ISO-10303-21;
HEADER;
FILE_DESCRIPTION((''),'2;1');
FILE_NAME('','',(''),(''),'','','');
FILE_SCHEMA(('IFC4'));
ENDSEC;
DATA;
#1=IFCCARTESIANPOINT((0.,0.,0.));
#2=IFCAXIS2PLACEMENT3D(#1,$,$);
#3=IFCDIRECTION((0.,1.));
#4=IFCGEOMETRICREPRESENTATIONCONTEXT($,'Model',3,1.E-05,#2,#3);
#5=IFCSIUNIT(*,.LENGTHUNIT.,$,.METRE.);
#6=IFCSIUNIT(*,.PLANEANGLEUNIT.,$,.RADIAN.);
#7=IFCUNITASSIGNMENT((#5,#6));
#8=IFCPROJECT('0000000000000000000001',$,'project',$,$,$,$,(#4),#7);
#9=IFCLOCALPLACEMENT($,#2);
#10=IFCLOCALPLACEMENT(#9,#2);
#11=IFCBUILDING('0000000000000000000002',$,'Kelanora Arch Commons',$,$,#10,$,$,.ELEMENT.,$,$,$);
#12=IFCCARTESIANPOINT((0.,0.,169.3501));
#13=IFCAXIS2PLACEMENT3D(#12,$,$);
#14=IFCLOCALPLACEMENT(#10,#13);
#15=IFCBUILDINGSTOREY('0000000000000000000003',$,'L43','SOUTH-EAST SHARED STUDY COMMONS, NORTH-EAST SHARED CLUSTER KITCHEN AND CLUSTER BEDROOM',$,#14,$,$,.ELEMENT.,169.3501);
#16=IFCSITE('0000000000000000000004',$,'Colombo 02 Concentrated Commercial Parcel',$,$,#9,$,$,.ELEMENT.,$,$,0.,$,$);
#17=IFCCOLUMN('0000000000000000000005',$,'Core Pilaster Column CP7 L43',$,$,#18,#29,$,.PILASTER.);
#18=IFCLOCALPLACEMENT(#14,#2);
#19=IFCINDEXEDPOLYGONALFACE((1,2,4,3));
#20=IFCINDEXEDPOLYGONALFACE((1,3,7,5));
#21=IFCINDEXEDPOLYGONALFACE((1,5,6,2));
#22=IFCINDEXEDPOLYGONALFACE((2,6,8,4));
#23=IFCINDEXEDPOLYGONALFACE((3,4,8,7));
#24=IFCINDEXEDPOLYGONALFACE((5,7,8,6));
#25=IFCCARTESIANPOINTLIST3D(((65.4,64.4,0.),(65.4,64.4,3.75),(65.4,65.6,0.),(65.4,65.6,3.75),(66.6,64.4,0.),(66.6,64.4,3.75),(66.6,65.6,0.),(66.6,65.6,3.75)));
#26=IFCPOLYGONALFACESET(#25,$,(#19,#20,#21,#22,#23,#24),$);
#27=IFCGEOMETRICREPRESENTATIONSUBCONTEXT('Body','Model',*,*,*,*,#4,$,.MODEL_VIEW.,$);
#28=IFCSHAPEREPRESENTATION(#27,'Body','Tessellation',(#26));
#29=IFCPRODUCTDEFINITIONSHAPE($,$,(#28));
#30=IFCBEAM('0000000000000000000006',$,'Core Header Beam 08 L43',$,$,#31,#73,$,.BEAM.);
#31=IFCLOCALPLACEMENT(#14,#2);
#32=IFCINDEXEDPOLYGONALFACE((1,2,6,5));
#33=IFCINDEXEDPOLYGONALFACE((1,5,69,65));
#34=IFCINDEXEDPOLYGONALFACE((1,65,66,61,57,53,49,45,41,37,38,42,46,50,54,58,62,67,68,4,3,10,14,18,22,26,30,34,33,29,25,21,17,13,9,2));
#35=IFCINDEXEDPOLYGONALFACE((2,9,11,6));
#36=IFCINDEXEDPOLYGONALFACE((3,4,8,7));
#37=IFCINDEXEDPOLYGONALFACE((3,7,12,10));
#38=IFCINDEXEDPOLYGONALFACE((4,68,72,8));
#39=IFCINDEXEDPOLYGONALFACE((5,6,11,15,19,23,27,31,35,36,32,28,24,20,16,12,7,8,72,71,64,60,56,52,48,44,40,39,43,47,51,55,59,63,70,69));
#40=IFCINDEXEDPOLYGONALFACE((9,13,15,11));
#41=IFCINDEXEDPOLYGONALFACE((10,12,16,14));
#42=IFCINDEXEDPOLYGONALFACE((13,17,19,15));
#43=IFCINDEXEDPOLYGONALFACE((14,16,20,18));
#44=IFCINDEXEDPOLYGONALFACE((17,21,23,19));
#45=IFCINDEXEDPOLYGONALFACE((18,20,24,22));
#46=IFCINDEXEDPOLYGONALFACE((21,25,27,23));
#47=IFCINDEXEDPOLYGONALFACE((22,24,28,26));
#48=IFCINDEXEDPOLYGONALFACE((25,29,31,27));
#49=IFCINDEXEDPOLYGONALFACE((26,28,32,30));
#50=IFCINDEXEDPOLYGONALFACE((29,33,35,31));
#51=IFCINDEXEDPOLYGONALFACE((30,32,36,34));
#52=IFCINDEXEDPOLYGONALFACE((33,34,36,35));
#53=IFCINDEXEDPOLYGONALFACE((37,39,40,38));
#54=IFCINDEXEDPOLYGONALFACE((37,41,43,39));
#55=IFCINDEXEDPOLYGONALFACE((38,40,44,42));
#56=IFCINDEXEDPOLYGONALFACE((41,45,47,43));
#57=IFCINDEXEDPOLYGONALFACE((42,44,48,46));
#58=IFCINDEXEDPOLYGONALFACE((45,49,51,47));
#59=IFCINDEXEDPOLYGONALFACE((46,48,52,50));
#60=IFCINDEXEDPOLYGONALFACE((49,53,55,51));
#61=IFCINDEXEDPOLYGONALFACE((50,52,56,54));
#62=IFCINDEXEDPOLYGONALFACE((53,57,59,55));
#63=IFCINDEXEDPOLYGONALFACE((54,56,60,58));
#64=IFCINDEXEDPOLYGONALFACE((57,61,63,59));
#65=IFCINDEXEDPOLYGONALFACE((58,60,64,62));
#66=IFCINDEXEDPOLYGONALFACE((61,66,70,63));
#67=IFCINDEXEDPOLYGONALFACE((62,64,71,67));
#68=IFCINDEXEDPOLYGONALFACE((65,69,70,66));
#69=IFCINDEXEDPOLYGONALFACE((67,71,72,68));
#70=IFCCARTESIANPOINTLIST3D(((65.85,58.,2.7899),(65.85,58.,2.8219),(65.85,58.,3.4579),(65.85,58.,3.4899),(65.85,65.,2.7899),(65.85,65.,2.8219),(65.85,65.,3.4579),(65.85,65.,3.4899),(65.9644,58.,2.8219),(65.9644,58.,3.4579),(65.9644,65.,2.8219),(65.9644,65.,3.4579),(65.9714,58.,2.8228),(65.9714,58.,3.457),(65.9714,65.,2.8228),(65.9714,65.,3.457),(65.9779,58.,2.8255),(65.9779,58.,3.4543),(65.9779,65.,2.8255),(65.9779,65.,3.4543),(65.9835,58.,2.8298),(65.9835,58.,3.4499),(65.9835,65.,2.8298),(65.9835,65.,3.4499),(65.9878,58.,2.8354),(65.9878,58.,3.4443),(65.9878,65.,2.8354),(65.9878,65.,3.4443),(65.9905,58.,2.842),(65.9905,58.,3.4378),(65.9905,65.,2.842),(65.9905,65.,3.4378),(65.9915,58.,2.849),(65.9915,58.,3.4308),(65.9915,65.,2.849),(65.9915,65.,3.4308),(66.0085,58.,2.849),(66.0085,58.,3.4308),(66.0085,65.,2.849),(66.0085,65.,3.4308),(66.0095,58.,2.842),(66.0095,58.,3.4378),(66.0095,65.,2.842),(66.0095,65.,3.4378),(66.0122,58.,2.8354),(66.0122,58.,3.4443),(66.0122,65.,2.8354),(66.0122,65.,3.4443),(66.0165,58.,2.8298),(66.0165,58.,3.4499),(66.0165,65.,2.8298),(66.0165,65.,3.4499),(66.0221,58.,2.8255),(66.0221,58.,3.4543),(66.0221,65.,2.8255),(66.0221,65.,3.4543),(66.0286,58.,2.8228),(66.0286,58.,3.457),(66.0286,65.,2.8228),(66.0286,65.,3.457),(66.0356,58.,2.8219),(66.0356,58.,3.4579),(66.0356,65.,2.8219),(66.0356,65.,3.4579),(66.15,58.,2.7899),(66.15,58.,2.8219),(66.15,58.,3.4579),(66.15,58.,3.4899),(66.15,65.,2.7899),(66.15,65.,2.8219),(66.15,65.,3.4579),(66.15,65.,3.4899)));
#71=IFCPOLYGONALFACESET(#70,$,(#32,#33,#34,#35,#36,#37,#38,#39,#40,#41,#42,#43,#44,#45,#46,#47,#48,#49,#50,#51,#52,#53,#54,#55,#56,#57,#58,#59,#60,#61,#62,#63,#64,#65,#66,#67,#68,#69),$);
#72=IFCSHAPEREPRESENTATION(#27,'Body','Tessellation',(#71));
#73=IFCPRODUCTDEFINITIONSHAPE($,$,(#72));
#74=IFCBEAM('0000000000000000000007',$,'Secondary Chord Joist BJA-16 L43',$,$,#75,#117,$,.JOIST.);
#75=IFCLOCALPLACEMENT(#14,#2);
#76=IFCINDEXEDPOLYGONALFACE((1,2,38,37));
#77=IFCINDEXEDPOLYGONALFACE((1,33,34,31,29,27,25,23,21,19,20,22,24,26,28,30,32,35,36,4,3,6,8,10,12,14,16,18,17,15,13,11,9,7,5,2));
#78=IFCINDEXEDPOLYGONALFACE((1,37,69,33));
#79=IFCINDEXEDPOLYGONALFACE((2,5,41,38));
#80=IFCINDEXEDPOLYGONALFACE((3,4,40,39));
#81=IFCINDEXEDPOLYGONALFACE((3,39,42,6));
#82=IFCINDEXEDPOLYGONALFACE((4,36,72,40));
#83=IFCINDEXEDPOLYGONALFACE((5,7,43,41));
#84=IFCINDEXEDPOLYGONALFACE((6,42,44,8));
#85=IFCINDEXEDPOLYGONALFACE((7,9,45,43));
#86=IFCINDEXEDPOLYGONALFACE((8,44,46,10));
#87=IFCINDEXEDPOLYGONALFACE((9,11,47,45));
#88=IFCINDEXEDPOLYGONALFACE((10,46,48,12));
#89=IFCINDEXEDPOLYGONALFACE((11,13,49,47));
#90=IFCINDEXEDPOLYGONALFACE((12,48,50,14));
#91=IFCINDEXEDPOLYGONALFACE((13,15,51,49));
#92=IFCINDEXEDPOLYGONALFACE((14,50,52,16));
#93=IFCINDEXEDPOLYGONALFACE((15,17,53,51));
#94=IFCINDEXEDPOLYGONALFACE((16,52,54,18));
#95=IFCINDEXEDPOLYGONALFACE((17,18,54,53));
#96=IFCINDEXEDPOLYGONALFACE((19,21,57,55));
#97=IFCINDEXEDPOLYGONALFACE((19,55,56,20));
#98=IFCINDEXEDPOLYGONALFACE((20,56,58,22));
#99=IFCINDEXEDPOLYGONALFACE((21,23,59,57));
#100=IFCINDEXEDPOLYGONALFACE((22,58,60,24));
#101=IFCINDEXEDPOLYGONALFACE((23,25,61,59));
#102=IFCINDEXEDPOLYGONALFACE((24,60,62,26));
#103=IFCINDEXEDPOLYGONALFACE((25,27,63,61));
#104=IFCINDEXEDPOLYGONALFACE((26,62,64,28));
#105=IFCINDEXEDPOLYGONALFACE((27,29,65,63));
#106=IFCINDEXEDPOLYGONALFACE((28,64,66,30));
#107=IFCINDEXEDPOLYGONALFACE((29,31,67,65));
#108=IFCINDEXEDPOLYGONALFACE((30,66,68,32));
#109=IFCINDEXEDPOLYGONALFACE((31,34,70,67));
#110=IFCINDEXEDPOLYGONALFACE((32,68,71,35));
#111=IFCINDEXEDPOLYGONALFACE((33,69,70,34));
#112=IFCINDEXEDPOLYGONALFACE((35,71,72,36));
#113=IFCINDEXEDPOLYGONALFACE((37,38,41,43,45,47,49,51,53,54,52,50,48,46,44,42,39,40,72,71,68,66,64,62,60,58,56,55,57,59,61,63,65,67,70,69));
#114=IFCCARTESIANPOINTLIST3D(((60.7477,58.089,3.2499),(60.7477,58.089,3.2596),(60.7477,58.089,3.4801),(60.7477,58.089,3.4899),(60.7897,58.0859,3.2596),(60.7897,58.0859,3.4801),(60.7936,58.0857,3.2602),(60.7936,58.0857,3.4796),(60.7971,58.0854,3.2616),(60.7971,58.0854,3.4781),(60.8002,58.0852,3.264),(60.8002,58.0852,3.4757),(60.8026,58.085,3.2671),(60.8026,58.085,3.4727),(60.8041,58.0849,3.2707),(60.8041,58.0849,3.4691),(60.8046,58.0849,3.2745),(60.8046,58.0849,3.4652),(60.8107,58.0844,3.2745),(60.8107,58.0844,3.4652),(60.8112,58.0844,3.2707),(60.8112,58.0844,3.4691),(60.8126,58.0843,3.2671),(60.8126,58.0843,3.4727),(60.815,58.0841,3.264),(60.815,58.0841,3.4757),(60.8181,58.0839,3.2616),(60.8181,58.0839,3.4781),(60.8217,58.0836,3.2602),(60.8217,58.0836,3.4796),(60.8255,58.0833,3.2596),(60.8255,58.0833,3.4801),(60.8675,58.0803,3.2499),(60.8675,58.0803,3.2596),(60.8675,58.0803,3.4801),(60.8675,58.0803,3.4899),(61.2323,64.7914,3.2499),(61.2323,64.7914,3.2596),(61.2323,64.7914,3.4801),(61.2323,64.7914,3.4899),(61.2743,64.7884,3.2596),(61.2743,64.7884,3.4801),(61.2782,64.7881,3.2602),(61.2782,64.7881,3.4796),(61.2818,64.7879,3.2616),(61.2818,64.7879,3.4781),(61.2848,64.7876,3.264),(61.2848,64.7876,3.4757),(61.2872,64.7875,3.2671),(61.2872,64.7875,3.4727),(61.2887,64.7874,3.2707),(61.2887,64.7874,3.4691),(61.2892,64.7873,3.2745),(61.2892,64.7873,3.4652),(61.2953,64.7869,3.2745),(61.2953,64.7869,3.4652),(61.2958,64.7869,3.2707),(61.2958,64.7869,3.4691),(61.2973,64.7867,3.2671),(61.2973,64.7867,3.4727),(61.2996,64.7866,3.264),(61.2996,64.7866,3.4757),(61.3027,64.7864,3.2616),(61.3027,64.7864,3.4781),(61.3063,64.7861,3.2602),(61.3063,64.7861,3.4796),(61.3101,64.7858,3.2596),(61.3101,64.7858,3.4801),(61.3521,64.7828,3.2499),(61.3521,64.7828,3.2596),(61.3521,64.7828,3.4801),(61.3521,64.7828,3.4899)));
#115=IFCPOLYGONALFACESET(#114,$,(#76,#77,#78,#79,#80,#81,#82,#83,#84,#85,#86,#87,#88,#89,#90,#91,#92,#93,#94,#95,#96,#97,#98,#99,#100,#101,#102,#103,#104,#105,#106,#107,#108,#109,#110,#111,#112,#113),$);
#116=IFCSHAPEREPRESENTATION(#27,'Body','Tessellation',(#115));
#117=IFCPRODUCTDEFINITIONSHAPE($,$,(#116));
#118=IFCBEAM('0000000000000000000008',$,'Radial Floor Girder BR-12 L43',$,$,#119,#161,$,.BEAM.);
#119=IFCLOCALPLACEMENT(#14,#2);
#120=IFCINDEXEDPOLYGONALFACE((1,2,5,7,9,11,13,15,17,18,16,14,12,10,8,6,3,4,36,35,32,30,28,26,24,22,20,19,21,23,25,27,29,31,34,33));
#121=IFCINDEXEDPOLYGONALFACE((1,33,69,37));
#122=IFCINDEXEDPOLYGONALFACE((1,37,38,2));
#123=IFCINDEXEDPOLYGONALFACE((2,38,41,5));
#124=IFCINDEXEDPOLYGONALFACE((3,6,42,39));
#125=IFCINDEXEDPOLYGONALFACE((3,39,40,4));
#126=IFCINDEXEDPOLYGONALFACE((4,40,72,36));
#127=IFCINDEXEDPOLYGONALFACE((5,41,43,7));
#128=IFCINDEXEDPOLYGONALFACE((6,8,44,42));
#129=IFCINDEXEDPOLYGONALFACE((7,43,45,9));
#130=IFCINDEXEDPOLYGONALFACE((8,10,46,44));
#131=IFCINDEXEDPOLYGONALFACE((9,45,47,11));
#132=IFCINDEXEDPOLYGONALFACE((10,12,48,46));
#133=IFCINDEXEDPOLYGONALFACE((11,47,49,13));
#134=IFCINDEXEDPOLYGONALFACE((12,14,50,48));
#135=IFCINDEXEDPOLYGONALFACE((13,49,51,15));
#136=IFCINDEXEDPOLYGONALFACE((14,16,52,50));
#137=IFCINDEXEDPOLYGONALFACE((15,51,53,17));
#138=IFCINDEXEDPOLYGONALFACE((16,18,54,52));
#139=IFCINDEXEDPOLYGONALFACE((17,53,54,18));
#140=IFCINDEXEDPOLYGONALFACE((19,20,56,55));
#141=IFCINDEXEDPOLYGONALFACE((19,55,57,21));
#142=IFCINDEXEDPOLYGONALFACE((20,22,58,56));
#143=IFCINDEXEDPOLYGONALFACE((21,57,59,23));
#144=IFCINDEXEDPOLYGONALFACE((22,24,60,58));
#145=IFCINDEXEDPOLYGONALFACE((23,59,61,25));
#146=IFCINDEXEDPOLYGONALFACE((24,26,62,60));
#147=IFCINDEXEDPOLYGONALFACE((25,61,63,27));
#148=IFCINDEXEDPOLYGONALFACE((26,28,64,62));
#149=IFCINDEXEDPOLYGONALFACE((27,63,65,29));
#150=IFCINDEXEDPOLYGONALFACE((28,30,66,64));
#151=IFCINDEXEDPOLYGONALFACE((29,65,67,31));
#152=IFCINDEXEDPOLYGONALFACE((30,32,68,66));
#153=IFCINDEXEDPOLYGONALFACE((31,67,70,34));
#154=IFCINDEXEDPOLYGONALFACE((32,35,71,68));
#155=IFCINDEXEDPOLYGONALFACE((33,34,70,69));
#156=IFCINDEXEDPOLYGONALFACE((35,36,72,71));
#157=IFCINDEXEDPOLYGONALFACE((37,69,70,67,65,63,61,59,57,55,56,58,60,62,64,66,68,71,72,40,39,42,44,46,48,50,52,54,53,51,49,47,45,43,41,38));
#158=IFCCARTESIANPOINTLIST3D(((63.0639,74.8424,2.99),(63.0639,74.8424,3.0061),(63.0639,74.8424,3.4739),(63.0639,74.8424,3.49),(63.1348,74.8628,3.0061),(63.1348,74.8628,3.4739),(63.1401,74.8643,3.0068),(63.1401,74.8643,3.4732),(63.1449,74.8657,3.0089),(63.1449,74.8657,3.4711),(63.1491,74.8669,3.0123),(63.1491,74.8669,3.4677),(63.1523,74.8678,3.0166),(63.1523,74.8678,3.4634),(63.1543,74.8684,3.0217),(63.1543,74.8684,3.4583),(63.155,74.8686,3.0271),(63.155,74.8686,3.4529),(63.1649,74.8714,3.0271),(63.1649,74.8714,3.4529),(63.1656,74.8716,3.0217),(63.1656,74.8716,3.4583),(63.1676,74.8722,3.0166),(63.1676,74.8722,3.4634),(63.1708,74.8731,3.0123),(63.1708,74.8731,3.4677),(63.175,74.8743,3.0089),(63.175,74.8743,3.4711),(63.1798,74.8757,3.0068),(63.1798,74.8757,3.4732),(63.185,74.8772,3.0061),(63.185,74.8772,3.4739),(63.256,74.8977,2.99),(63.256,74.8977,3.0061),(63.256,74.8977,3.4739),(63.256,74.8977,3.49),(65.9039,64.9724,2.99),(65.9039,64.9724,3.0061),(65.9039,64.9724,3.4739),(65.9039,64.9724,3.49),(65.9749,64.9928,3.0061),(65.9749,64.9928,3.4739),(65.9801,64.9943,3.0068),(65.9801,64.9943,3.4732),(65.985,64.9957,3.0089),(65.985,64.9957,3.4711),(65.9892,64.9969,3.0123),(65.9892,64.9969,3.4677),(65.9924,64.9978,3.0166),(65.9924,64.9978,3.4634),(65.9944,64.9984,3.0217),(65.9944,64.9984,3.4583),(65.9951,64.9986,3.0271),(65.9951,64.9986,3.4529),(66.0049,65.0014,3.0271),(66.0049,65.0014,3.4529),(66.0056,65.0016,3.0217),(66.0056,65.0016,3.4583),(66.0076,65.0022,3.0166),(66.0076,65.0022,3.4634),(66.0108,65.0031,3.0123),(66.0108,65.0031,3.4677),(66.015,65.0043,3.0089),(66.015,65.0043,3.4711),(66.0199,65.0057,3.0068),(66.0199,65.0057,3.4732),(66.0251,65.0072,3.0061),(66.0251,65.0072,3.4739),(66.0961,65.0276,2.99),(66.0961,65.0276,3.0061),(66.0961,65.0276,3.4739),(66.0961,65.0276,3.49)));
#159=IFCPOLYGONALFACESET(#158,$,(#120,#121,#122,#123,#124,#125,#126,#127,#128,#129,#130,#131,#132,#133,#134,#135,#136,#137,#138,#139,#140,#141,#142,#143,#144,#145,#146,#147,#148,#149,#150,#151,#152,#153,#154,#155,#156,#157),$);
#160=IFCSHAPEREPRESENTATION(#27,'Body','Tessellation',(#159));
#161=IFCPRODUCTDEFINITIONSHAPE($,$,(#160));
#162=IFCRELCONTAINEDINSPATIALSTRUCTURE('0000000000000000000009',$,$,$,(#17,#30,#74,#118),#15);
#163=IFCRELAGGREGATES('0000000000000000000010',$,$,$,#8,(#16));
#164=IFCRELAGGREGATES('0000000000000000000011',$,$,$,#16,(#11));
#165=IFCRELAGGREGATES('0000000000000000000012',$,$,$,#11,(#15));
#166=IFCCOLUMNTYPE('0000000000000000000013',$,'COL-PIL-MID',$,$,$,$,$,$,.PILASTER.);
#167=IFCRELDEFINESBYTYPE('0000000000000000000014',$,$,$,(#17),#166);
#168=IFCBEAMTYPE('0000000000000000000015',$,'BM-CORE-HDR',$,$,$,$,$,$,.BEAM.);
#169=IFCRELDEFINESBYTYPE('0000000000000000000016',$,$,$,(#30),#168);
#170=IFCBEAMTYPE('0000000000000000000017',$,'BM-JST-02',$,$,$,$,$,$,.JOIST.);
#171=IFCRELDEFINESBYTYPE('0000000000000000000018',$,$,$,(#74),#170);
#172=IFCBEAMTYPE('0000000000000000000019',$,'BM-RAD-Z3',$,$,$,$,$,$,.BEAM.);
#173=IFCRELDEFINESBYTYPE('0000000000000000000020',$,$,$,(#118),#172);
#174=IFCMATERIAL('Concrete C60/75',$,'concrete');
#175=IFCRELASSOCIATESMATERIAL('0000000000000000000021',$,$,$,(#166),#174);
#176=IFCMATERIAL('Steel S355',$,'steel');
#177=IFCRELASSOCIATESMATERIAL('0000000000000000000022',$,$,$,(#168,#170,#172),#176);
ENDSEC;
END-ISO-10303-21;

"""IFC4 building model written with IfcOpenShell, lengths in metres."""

from ifc_helpers import new_model, si_unit, direction, frame, origin, origin_2d, place, context, subcontext, project, spatial, rectangle, i_section, extrude, material, material_profile, profile_set, type_object, element, save


model = new_model("IFC4")

# Units and contexts
model_context = context("Model", 3, precision=1e-05, world=origin(), true_north=direction((0.0, 1.0)))
body_context = subcontext(model_context, "Body", "Model", "MODEL_VIEW")
ifc_project = project(units=[si_unit("LENGTHUNIT", "METRE"), si_unit("PLANEANGLEUNIT", "RADIAN")], contexts=[model_context])

# Site, building, storey
site_placement = place(None, origin())
site = spatial("IfcSite", under=ifc_project, at=site_placement, Name="Colombo 02 Concentrated Commercial Parcel", CompositionType="ELEMENT", RefElevation=0.0)
building_placement = place(site_placement, origin())
building = spatial("IfcBuilding", under=site, at=building_placement, Name="Kelanora Arch Commons", CompositionType="ELEMENT")
storey_placement = place(building_placement, frame((0.0, 0.0, 169.3501)))
storey = spatial("IfcBuildingStorey", under=building, at=storey_placement, Name="L43", Description="SOUTH-EAST SHARED STUDY COMMONS, NORTH-EAST SHARED CLUSTER KITCHEN AND CLUSTER BEDROOM", CompositionType="ELEMENT", Elevation=169.3501)

# Column
ifc_material_1 = material(Name="Concrete C60/75", Category="concrete")
ifc_material_profile_1 = material_profile(ifc_material_1, rectangle(XDim=1.2, YDim=1.2, at=origin_2d()), Name="RC1200x1200")
ifc_profile_set_1 = profile_set([ifc_material_profile_1], Name="Concrete C60/75")
column_type = type_object("IfcColumnType", Name="COL-PIL-MID", PredefinedType="PILASTER", material=ifc_profile_set_1)
column_placement = place(storey_placement, frame((66.0, 65.0, 0.0), z_axis=(0.0, 0.0, 1.0), x_axis=(1.0, 0.0, 0.0)))
element("IfcColumn", 1, at=column_placement, inside=storey, type_object=column_type, Name="Core Pilaster Column CP7 L43", PredefinedType="PILASTER", context=body_context, shape_type="SweptSolid", body=[
    extrude(rectangle(XDim=1.2, YDim=1.2, at=origin_2d()), origin(), (0.0, 0.0, 1.0), 3.75),
])

# Beams
ifc_material_2 = material(Name="Steel S355", Category="steel")
ifc_material_profile_2 = material_profile(ifc_material_2, i_section(OverallWidth=0.3, OverallDepth=0.7, WebThickness=0.0171, FlangeThickness=0.032, FilletRadius=0.0271, at=origin_2d()), Name="HEB700")
ifc_profile_set_2 = profile_set([ifc_material_profile_2], Name="Steel S355")
beam_type_1 = type_object("IfcBeamType", Name="BM-CORE-HDR", PredefinedType="BEAM", material=ifc_profile_set_2)
beam_1_placement = place(storey_placement, frame((66.0, 65.0, 3.1399), z_axis=(0.0, -1.0, 0.0), x_axis=(1.0, 0.0, 0.0)))
element("IfcBeam", 2, at=beam_1_placement, inside=storey, type_object=beam_type_1, Name="Core Header Beam 08 L43", PredefinedType="BEAM", context=body_context, shape_type="SweptSolid", body=[
    extrude(i_section(OverallWidth=0.3, OverallDepth=0.7, WebThickness=0.0171, FlangeThickness=0.032, FilletRadius=0.0271, at=origin_2d()), origin(), (0.0, 0.0, 1.0), 7.0),
])
ifc_material_profile_3 = material_profile(ifc_material_2, i_section(OverallWidth=0.1201, OverallDepth=0.24, WebThickness=0.0061, FlangeThickness=0.0098, FilletRadius=0.0149, at=origin_2d()), Name="IPE240")
ifc_profile_set_3 = profile_set([ifc_material_profile_3], Name="Steel S355")
beam_type_2 = type_object("IfcBeamType", Name="BM-JST-02", PredefinedType="JOIST", material=ifc_profile_set_3)
beam_2_placement = place(storey_placement, frame((61.2922, 64.7871, 3.3699), z_axis=(-0.072117, -0.997396, 0.0), x_axis=(0.997396, -0.072117, 0.0)))
element("IfcBeam", 3, at=beam_2_placement, inside=storey, type_object=beam_type_2, Name="Secondary Chord Joist BJA-16 L43", PredefinedType="JOIST", context=body_context, shape_type="SweptSolid", body=[
    extrude(i_section(OverallWidth=0.1201, OverallDepth=0.24, WebThickness=0.0061, FlangeThickness=0.0098, FilletRadius=0.0149, at=origin_2d()), origin(), (0.0, 0.0, 1.0), 6.72),
])
ifc_material_profile_4 = material_profile(ifc_material_2, i_section(OverallWidth=0.2, OverallDepth=0.5, WebThickness=0.0103, FlangeThickness=0.0161, FilletRadius=0.021, at=origin_2d()), Name="IPE500")
ifc_profile_set_4 = profile_set([ifc_material_profile_4], Name="Steel S355")
beam_type_3 = type_object("IfcBeamType", Name="BM-RAD-Z3", PredefinedType="BEAM", material=ifc_profile_set_4)
beam_3_placement = place(storey_placement, frame((66.0, 65.0, 3.24), z_axis=(-0.276526, 0.961006, 0.0), x_axis=(-0.961006, -0.276526, 0.0)))
element("IfcBeam", 4, at=beam_3_placement, inside=storey, type_object=beam_type_3, Name="Radial Floor Girder BR-12 L43", PredefinedType="BEAM", context=body_context, shape_type="SweptSolid", body=[
    extrude(i_section(OverallWidth=0.2, OverallDepth=0.5, WebThickness=0.0103, FlangeThickness=0.0161, FilletRadius=0.021, at=origin_2d()), origin(), (0.0, 0.0, 1.0), 10.2705),
])

save(model, "model.ifc")
